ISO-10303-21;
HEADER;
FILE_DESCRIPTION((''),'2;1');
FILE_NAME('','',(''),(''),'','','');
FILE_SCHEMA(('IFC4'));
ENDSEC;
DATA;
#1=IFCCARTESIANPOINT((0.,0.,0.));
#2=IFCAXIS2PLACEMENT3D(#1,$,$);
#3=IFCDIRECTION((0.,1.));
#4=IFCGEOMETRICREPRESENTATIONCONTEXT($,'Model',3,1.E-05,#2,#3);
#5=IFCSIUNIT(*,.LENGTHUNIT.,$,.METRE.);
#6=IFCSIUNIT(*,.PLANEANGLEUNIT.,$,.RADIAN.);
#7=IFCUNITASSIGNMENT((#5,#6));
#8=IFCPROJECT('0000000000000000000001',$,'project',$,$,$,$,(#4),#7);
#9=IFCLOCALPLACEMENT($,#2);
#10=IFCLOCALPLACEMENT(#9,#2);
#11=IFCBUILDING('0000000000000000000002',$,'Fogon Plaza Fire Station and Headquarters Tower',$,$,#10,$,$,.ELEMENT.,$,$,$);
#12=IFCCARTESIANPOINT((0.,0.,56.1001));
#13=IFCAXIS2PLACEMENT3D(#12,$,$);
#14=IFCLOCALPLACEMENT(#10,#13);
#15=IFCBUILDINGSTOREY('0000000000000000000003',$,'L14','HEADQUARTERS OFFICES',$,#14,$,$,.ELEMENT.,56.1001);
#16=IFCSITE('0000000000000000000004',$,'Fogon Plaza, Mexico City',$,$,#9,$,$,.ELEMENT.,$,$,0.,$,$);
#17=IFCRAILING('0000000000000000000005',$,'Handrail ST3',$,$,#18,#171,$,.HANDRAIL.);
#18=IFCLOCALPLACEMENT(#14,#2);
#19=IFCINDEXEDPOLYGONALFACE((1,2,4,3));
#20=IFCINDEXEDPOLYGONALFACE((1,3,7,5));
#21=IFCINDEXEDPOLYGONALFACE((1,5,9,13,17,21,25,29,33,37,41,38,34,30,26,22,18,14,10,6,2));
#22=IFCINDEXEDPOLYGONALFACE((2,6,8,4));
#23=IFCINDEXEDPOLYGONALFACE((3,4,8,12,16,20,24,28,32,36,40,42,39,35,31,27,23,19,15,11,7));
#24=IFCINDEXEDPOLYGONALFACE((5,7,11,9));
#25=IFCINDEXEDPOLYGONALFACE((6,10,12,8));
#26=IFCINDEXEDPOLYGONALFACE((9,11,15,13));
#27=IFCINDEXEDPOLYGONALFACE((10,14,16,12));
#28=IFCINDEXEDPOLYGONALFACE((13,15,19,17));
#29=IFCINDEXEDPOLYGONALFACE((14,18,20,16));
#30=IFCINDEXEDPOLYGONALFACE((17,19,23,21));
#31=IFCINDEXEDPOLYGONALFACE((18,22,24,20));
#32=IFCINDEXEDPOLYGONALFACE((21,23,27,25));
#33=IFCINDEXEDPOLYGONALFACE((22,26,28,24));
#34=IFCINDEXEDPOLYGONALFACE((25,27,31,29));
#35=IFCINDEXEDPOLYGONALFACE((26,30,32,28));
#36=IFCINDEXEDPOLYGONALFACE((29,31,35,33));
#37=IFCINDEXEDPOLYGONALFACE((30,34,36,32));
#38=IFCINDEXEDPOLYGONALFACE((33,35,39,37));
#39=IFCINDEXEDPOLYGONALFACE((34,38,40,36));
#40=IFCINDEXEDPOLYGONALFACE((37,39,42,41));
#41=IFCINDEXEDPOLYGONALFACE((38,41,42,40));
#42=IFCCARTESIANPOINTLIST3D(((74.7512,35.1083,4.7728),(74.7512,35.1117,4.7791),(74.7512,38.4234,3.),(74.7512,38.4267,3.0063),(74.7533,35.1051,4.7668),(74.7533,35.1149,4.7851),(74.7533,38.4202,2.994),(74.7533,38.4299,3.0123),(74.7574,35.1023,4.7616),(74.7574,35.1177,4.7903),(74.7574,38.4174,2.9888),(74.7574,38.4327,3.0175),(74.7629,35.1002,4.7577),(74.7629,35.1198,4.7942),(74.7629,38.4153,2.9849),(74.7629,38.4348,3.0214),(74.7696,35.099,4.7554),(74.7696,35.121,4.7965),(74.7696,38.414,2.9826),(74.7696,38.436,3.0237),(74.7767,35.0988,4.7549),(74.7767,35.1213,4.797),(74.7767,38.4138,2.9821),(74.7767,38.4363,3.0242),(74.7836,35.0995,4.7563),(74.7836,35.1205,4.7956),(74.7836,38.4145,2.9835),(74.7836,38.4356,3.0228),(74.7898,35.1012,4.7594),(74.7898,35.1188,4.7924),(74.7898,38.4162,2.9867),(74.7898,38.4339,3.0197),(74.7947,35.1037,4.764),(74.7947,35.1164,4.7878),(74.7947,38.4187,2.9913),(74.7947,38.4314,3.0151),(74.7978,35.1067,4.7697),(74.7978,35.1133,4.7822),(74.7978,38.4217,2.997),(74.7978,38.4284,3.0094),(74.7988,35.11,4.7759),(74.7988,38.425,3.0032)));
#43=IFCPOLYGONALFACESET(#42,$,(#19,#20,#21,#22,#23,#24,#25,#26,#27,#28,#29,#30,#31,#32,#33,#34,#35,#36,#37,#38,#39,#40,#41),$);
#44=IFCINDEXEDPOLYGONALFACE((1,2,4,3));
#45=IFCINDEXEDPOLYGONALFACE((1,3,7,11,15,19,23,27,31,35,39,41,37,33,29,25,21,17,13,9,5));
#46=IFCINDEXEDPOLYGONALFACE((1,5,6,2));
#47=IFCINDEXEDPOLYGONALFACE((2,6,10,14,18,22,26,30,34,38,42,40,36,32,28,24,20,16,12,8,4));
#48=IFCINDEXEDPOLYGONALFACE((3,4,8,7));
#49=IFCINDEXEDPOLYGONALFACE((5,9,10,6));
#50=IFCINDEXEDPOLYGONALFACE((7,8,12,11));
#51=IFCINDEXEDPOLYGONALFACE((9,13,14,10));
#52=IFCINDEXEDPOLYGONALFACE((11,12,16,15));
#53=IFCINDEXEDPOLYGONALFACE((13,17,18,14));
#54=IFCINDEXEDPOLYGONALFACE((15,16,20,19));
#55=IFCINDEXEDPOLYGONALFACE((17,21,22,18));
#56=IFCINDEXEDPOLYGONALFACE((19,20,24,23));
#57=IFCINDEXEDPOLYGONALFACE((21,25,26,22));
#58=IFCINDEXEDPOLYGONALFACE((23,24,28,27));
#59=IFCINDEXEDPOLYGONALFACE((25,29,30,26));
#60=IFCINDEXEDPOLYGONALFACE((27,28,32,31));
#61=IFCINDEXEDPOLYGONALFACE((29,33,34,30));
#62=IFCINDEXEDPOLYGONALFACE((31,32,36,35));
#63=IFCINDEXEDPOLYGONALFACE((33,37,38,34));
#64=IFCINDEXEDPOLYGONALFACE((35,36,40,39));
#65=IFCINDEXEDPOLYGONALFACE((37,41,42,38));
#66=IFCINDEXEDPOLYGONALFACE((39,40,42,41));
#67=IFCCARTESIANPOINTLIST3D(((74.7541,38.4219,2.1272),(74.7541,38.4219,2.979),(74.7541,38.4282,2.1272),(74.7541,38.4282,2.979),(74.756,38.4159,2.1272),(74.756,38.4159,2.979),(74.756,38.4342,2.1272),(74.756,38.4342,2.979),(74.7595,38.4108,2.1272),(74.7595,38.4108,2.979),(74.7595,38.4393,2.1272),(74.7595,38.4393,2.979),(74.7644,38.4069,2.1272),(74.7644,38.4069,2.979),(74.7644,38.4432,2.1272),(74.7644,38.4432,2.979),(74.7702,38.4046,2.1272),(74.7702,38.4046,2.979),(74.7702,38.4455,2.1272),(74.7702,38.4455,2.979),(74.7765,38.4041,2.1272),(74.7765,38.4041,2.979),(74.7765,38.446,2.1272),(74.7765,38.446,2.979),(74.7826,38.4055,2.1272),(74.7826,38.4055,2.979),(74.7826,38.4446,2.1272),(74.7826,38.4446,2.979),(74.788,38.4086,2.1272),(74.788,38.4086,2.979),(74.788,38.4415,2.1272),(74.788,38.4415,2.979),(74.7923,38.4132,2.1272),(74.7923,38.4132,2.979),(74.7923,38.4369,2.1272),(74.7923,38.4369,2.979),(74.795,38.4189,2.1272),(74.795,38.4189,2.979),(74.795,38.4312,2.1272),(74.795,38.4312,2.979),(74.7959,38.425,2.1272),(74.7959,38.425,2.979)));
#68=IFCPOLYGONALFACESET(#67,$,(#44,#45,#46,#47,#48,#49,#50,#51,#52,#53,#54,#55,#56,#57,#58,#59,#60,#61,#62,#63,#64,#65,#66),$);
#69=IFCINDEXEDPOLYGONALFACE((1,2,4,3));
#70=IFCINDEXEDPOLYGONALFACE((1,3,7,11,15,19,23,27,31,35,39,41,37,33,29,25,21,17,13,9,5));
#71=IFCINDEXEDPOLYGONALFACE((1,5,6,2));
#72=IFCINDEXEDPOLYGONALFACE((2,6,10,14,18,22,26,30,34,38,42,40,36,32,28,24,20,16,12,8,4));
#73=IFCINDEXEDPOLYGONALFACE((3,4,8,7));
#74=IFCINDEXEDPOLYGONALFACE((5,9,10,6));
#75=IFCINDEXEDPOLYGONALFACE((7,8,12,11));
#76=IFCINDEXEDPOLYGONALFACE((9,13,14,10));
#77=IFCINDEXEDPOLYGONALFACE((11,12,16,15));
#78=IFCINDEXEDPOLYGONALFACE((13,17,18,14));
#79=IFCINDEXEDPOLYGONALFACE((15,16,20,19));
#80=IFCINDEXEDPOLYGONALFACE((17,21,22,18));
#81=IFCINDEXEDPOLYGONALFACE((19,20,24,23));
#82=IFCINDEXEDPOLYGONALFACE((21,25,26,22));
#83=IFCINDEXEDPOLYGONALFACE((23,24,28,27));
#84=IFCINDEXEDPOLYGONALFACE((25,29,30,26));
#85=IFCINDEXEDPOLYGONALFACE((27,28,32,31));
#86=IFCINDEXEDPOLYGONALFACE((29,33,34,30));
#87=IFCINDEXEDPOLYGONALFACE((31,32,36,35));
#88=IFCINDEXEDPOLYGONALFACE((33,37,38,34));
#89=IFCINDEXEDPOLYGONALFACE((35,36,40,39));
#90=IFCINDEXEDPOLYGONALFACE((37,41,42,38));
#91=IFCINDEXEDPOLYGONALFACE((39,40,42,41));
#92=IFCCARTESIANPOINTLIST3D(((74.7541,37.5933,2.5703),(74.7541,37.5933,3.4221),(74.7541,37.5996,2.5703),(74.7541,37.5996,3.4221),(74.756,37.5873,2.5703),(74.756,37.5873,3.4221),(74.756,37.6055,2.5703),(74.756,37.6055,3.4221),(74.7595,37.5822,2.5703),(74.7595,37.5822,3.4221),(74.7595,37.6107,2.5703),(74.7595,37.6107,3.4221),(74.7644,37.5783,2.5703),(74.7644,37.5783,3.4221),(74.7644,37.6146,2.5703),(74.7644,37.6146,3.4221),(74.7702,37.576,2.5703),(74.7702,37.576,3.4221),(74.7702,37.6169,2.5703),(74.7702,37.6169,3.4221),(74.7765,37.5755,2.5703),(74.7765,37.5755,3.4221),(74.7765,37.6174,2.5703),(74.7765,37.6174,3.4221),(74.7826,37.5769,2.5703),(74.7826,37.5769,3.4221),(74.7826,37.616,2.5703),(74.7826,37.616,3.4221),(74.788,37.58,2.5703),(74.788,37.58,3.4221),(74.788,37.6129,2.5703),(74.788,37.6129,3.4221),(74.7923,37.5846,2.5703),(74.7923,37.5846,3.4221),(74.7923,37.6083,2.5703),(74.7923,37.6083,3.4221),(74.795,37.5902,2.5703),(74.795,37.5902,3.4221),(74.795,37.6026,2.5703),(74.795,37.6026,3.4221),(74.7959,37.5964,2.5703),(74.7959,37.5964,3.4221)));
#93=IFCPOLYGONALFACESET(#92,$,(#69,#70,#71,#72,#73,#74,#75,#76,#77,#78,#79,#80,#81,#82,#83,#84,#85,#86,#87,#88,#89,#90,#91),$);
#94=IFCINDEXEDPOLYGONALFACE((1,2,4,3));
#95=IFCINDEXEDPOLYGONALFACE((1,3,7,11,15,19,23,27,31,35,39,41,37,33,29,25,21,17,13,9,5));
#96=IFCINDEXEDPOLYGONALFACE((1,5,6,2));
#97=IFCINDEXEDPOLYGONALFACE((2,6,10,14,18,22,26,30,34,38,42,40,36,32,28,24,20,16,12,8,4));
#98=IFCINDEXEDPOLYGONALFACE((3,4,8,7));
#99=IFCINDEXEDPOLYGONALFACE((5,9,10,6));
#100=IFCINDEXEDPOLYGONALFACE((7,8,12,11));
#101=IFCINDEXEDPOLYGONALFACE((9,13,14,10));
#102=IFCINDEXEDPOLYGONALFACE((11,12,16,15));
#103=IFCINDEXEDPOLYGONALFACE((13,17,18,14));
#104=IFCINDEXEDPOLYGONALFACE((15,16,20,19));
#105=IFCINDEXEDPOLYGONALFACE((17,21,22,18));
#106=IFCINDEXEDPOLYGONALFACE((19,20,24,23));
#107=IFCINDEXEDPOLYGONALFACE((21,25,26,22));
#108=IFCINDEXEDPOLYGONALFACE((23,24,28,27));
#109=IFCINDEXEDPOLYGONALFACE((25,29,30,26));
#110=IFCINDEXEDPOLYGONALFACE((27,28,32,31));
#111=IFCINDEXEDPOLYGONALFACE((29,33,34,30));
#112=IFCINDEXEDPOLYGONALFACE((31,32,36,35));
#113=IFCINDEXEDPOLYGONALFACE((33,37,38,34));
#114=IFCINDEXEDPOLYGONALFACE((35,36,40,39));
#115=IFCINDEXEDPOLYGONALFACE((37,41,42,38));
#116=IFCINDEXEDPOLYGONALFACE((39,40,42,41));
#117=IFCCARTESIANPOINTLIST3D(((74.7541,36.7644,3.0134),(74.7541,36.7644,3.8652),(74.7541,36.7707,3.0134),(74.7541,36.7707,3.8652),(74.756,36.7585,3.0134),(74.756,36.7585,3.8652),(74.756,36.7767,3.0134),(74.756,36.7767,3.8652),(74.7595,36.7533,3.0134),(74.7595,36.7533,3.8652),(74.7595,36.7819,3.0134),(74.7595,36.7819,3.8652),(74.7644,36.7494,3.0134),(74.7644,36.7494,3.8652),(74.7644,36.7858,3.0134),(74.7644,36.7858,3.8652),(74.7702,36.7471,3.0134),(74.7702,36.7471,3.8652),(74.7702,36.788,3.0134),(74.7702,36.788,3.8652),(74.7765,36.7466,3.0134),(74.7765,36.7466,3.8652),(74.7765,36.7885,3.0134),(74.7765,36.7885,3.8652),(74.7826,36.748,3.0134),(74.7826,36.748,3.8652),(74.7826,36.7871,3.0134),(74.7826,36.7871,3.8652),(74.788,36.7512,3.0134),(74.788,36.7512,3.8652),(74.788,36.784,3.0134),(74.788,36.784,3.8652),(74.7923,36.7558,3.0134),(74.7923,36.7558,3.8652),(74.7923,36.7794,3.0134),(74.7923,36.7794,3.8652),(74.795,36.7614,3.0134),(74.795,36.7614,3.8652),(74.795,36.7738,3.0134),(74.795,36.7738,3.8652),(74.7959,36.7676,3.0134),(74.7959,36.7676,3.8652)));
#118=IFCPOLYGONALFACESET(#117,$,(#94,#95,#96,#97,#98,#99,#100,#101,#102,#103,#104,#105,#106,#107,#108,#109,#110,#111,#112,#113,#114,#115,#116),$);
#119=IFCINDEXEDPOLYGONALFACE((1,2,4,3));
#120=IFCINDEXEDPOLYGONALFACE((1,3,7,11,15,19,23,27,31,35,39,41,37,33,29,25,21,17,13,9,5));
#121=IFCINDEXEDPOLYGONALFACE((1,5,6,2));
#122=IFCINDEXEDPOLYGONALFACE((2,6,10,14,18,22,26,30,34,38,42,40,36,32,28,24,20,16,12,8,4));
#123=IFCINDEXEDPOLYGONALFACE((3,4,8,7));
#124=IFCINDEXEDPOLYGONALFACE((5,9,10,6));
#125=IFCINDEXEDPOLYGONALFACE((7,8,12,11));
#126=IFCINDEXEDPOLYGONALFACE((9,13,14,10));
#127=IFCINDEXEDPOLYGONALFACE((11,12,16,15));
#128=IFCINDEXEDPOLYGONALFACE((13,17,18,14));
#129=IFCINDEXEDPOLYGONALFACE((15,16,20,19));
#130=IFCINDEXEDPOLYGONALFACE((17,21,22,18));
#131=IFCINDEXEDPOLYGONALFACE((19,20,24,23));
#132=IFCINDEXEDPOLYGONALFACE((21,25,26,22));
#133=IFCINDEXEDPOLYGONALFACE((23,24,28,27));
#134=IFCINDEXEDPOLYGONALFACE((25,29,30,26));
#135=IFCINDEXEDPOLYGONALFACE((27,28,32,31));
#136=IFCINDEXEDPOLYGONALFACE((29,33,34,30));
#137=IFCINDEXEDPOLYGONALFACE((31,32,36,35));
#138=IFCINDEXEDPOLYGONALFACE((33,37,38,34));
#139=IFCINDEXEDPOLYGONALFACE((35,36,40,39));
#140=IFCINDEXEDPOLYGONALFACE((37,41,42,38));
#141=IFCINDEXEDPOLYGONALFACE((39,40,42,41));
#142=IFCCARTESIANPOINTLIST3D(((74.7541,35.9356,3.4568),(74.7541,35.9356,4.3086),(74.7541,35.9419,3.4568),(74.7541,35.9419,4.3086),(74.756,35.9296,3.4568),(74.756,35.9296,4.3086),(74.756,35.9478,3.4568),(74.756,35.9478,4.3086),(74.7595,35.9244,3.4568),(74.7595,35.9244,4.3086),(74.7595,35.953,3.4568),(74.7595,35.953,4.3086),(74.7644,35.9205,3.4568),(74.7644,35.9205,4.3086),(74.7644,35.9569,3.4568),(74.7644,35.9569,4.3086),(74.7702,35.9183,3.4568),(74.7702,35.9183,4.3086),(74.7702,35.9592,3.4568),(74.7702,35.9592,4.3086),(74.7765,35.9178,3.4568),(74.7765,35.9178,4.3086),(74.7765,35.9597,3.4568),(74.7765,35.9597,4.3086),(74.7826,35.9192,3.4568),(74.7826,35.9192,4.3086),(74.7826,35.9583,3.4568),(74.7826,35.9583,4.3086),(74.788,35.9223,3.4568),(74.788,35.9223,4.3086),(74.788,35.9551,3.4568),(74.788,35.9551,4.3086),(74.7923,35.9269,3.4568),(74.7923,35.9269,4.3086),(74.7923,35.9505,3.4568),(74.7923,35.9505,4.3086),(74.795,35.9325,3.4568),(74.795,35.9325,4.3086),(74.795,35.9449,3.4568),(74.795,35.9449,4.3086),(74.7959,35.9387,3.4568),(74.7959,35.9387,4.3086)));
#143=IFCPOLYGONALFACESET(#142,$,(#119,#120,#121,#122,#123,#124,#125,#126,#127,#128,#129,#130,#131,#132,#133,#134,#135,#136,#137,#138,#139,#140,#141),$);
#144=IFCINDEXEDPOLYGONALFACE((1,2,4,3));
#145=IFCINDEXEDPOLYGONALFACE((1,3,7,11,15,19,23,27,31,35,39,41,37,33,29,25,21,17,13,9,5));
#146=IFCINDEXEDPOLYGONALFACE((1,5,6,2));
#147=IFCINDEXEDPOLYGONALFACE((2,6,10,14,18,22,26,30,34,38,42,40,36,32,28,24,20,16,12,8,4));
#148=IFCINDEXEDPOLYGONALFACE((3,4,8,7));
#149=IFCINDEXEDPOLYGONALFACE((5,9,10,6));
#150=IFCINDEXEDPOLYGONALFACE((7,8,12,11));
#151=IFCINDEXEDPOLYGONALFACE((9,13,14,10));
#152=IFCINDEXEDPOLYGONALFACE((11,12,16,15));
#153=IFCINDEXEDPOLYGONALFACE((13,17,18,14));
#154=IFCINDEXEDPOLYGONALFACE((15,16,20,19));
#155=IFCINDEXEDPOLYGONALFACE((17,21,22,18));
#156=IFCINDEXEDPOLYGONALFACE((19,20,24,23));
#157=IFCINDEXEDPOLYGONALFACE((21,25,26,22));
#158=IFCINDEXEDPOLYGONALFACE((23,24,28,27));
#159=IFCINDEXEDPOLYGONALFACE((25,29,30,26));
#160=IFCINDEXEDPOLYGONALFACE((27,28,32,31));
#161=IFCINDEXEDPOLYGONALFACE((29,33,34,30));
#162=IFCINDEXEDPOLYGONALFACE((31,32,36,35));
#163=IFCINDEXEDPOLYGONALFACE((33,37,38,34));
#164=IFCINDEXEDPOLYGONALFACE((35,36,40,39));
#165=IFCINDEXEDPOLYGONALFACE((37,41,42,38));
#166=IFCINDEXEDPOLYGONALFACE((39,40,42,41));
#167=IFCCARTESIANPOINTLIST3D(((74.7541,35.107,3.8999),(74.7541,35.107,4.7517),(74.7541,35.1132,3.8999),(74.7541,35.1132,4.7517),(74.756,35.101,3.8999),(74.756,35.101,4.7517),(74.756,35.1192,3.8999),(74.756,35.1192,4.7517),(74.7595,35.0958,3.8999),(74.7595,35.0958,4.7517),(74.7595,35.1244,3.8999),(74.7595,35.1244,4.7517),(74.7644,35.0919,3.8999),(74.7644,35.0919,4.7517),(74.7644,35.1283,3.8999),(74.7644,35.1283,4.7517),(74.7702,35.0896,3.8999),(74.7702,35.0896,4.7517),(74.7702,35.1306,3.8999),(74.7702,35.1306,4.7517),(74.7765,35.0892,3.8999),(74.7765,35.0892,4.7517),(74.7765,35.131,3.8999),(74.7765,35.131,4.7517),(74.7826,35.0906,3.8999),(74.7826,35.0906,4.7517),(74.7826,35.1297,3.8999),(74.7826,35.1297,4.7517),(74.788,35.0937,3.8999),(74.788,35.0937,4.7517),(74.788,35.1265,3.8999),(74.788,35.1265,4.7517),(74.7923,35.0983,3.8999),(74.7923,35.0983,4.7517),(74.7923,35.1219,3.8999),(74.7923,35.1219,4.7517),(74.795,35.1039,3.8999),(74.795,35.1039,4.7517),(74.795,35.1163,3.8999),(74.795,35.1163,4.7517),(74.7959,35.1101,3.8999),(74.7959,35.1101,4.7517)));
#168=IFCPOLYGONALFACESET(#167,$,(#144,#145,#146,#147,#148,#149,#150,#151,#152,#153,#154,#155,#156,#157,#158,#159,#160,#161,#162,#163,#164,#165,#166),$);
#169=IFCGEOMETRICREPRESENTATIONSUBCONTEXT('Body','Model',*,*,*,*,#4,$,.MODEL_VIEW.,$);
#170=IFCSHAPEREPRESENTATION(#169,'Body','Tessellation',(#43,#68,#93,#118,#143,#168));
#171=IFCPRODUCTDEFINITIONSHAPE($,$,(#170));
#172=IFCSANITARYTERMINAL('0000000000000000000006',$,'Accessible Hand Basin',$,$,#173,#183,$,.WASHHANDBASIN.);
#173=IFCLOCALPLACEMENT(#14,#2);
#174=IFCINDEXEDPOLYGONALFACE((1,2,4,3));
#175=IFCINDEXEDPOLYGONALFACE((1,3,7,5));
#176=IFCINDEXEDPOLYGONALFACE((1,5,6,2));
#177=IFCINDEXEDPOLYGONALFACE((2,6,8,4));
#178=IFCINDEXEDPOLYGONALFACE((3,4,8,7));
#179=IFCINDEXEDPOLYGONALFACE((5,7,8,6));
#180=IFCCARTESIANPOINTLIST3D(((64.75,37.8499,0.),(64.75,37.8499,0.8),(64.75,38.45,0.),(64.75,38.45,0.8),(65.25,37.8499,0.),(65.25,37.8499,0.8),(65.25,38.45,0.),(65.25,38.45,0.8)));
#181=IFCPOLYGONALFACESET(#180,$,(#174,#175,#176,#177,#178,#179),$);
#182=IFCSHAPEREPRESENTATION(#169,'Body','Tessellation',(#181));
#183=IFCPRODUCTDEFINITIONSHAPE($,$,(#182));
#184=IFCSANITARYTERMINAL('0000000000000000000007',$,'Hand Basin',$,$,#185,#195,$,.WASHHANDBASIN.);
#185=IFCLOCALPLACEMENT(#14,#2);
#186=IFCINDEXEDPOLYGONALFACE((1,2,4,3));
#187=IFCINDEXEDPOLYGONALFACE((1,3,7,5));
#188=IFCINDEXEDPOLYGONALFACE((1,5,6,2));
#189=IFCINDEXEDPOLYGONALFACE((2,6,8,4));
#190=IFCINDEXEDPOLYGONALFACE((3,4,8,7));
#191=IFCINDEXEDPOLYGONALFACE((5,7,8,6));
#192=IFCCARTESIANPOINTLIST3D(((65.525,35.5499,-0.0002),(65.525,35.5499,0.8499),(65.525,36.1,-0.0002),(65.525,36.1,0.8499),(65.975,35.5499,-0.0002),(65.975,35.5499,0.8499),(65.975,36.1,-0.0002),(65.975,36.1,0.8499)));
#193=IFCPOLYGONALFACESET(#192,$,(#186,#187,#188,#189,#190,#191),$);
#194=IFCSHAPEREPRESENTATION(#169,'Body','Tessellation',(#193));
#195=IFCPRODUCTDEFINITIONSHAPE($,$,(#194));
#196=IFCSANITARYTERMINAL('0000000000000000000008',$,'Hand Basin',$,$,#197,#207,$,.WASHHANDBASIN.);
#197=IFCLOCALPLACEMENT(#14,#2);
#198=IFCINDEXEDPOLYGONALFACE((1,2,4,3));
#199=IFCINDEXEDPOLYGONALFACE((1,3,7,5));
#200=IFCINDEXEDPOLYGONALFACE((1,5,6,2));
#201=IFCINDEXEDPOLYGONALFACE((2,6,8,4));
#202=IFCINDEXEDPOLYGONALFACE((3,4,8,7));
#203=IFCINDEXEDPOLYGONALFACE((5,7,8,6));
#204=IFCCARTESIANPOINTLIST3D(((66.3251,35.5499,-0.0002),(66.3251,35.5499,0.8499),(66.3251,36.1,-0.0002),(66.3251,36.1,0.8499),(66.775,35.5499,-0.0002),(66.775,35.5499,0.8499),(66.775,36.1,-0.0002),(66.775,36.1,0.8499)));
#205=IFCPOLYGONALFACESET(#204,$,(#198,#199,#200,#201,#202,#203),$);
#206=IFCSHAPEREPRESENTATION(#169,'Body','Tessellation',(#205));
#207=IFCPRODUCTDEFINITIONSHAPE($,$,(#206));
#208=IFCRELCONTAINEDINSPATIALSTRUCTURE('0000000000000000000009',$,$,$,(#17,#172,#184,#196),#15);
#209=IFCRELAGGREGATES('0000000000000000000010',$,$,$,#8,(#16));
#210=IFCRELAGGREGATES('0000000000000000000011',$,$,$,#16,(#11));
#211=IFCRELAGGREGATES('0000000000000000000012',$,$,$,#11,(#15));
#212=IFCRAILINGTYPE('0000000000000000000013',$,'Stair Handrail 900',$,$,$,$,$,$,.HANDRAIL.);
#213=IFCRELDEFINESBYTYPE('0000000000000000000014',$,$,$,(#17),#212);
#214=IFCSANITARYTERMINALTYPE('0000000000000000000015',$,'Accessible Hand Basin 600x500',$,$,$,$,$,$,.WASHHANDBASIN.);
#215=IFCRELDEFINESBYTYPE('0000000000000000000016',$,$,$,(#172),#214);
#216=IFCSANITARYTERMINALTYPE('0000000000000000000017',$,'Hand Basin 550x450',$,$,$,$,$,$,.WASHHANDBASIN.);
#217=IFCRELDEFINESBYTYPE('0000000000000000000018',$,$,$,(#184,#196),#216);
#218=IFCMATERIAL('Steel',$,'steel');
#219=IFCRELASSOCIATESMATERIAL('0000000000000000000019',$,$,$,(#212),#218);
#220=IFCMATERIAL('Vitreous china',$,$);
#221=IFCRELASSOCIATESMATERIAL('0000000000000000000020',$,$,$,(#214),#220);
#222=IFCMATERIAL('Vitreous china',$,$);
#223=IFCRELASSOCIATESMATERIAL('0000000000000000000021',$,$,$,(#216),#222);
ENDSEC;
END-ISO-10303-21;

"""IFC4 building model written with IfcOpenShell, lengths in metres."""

from ifc_helpers import new_model, si_unit, direction, frame, origin, origin_2d, place, context, subcontext, project, spatial, rectangle, circle, extrude, material, type_object, element, save


model = new_model("IFC4")

# Units and contexts
model_context = context("Model", 3, precision=1e-05, world=origin(), true_north=direction((0.0, 1.0)))
body_context = subcontext(model_context, "Body", "Model", "MODEL_VIEW")
ifc_project = project(units=[si_unit("LENGTHUNIT", "METRE"), si_unit("PLANEANGLEUNIT", "RADIAN")], contexts=[model_context])

# Site, building, storey
site_placement = place(None, origin())
site = spatial("IfcSite", under=ifc_project, at=site_placement, Name="Fogon Plaza, Mexico City", CompositionType="ELEMENT", RefElevation=0.0)
building_placement = place(site_placement, origin())
building = spatial("IfcBuilding", under=site, at=building_placement, Name="Fogon Plaza Fire Station and Headquarters Tower", CompositionType="ELEMENT")
storey_placement = place(building_placement, frame((0.0, 0.0, 56.1001)))
storey = spatial("IfcBuildingStorey", under=building, at=storey_placement, Name="L14", Description="HEADQUARTERS OFFICES", CompositionType="ELEMENT", Elevation=56.1001)

# Railing
ifc_material_1 = material(Name="Steel", Category="steel")
railing_type = type_object("IfcRailingType", Name="Stair Handrail 900", PredefinedType="HANDRAIL", material=ifc_material_1)
for number, where, name in (
    (1, (74.7749, 38.425, 2.1272), "Handrail ST3"),
):
    element("IfcRailing", number, at=place(storey_placement, frame(where)), inside=storey, type_object=railing_type, Name=name, PredefinedType="HANDRAIL", context=body_context, shape_type="SweptSolid", body=[
        extrude(circle(Radius=0.0239, at=origin_2d()), frame((0.0, 0.0, 0.876), z_axis=(0.0, -0.881829, 0.471569), x_axis=(1.0, 0.0, 0.0)), (0.0, 0.0, 1.0), 3.7593),
        extrude(circle(Radius=0.021, at=origin_2d()), origin(), (0.0, 0.0, 1.0), 0.8518),
        extrude(circle(Radius=0.021, at=origin_2d()), frame((0.0, -0.8286, 0.4431)), (0.0, 0.0, 1.0), 0.8518),
        extrude(circle(Radius=0.021, at=origin_2d()), frame((0.0, -1.6575, 0.8862)), (0.0, 0.0, 1.0), 0.8518),
        extrude(circle(Radius=0.021, at=origin_2d()), frame((0.0, -2.4863, 1.3296)), (0.0, 0.0, 1.0), 0.8518),
        extrude(circle(Radius=0.021, at=origin_2d()), frame((0.0, -3.3149, 1.7727)), (0.0, 0.0, 1.0), 0.8518),
    ])

# Sanitary terminals
ifc_material_2 = material(Name="Vitreous china")
sanitary_terminal_type_1 = type_object("IfcSanitaryTerminalType", Name="Accessible Hand Basin 600x500", PredefinedType="WASHHANDBASIN", material=ifc_material_2)
sanitary_terminal_1_placement = place(storey_placement, frame((65.0, 38.1499, 0.0), z_axis=(0.0, 0.0, 1.0), x_axis=(1.0, 0.0, 0.0)))
element("IfcSanitaryTerminal", 2, at=sanitary_terminal_1_placement, inside=storey, type_object=sanitary_terminal_type_1, Name="Accessible Hand Basin", PredefinedType="WASHHANDBASIN", context=body_context, shape_type="SweptSolid", body=[
    extrude(rectangle(XDim=0.5, YDim=0.6001, at=origin_2d()), origin(), (0.0, 0.0, 1.0), 0.8),
])
ifc_material_3 = material(Name="Vitreous china")
sanitary_terminal_type_2 = type_object("IfcSanitaryTerminalType", Name="Hand Basin 550x450", PredefinedType="WASHHANDBASIN", material=ifc_material_3)
for number, where, z_axis, x_axis, name in (
    (3, (65.75, 35.825, -0.0002), (0.0, 0.0, 1.0), (1.0, 0.0, 0.0), "Hand Basin"),
    (4, (66.55, 35.825, -0.0002), (0.0, 0.0, 1.0), (1.0, 0.0, 0.0), "Hand Basin"),
):
    element("IfcSanitaryTerminal", number, at=place(storey_placement, frame(where, z_axis=z_axis, x_axis=x_axis)), inside=storey, type_object=sanitary_terminal_type_2, Name=name, PredefinedType="WASHHANDBASIN", context=body_context, shape_type="SweptSolid", body=[
        extrude(rectangle(XDim=0.45, YDim=0.55, at=origin_2d()), origin(), (0.0, 0.0, 1.0), 0.8501),
    ])

save(model, "model.ifc")
